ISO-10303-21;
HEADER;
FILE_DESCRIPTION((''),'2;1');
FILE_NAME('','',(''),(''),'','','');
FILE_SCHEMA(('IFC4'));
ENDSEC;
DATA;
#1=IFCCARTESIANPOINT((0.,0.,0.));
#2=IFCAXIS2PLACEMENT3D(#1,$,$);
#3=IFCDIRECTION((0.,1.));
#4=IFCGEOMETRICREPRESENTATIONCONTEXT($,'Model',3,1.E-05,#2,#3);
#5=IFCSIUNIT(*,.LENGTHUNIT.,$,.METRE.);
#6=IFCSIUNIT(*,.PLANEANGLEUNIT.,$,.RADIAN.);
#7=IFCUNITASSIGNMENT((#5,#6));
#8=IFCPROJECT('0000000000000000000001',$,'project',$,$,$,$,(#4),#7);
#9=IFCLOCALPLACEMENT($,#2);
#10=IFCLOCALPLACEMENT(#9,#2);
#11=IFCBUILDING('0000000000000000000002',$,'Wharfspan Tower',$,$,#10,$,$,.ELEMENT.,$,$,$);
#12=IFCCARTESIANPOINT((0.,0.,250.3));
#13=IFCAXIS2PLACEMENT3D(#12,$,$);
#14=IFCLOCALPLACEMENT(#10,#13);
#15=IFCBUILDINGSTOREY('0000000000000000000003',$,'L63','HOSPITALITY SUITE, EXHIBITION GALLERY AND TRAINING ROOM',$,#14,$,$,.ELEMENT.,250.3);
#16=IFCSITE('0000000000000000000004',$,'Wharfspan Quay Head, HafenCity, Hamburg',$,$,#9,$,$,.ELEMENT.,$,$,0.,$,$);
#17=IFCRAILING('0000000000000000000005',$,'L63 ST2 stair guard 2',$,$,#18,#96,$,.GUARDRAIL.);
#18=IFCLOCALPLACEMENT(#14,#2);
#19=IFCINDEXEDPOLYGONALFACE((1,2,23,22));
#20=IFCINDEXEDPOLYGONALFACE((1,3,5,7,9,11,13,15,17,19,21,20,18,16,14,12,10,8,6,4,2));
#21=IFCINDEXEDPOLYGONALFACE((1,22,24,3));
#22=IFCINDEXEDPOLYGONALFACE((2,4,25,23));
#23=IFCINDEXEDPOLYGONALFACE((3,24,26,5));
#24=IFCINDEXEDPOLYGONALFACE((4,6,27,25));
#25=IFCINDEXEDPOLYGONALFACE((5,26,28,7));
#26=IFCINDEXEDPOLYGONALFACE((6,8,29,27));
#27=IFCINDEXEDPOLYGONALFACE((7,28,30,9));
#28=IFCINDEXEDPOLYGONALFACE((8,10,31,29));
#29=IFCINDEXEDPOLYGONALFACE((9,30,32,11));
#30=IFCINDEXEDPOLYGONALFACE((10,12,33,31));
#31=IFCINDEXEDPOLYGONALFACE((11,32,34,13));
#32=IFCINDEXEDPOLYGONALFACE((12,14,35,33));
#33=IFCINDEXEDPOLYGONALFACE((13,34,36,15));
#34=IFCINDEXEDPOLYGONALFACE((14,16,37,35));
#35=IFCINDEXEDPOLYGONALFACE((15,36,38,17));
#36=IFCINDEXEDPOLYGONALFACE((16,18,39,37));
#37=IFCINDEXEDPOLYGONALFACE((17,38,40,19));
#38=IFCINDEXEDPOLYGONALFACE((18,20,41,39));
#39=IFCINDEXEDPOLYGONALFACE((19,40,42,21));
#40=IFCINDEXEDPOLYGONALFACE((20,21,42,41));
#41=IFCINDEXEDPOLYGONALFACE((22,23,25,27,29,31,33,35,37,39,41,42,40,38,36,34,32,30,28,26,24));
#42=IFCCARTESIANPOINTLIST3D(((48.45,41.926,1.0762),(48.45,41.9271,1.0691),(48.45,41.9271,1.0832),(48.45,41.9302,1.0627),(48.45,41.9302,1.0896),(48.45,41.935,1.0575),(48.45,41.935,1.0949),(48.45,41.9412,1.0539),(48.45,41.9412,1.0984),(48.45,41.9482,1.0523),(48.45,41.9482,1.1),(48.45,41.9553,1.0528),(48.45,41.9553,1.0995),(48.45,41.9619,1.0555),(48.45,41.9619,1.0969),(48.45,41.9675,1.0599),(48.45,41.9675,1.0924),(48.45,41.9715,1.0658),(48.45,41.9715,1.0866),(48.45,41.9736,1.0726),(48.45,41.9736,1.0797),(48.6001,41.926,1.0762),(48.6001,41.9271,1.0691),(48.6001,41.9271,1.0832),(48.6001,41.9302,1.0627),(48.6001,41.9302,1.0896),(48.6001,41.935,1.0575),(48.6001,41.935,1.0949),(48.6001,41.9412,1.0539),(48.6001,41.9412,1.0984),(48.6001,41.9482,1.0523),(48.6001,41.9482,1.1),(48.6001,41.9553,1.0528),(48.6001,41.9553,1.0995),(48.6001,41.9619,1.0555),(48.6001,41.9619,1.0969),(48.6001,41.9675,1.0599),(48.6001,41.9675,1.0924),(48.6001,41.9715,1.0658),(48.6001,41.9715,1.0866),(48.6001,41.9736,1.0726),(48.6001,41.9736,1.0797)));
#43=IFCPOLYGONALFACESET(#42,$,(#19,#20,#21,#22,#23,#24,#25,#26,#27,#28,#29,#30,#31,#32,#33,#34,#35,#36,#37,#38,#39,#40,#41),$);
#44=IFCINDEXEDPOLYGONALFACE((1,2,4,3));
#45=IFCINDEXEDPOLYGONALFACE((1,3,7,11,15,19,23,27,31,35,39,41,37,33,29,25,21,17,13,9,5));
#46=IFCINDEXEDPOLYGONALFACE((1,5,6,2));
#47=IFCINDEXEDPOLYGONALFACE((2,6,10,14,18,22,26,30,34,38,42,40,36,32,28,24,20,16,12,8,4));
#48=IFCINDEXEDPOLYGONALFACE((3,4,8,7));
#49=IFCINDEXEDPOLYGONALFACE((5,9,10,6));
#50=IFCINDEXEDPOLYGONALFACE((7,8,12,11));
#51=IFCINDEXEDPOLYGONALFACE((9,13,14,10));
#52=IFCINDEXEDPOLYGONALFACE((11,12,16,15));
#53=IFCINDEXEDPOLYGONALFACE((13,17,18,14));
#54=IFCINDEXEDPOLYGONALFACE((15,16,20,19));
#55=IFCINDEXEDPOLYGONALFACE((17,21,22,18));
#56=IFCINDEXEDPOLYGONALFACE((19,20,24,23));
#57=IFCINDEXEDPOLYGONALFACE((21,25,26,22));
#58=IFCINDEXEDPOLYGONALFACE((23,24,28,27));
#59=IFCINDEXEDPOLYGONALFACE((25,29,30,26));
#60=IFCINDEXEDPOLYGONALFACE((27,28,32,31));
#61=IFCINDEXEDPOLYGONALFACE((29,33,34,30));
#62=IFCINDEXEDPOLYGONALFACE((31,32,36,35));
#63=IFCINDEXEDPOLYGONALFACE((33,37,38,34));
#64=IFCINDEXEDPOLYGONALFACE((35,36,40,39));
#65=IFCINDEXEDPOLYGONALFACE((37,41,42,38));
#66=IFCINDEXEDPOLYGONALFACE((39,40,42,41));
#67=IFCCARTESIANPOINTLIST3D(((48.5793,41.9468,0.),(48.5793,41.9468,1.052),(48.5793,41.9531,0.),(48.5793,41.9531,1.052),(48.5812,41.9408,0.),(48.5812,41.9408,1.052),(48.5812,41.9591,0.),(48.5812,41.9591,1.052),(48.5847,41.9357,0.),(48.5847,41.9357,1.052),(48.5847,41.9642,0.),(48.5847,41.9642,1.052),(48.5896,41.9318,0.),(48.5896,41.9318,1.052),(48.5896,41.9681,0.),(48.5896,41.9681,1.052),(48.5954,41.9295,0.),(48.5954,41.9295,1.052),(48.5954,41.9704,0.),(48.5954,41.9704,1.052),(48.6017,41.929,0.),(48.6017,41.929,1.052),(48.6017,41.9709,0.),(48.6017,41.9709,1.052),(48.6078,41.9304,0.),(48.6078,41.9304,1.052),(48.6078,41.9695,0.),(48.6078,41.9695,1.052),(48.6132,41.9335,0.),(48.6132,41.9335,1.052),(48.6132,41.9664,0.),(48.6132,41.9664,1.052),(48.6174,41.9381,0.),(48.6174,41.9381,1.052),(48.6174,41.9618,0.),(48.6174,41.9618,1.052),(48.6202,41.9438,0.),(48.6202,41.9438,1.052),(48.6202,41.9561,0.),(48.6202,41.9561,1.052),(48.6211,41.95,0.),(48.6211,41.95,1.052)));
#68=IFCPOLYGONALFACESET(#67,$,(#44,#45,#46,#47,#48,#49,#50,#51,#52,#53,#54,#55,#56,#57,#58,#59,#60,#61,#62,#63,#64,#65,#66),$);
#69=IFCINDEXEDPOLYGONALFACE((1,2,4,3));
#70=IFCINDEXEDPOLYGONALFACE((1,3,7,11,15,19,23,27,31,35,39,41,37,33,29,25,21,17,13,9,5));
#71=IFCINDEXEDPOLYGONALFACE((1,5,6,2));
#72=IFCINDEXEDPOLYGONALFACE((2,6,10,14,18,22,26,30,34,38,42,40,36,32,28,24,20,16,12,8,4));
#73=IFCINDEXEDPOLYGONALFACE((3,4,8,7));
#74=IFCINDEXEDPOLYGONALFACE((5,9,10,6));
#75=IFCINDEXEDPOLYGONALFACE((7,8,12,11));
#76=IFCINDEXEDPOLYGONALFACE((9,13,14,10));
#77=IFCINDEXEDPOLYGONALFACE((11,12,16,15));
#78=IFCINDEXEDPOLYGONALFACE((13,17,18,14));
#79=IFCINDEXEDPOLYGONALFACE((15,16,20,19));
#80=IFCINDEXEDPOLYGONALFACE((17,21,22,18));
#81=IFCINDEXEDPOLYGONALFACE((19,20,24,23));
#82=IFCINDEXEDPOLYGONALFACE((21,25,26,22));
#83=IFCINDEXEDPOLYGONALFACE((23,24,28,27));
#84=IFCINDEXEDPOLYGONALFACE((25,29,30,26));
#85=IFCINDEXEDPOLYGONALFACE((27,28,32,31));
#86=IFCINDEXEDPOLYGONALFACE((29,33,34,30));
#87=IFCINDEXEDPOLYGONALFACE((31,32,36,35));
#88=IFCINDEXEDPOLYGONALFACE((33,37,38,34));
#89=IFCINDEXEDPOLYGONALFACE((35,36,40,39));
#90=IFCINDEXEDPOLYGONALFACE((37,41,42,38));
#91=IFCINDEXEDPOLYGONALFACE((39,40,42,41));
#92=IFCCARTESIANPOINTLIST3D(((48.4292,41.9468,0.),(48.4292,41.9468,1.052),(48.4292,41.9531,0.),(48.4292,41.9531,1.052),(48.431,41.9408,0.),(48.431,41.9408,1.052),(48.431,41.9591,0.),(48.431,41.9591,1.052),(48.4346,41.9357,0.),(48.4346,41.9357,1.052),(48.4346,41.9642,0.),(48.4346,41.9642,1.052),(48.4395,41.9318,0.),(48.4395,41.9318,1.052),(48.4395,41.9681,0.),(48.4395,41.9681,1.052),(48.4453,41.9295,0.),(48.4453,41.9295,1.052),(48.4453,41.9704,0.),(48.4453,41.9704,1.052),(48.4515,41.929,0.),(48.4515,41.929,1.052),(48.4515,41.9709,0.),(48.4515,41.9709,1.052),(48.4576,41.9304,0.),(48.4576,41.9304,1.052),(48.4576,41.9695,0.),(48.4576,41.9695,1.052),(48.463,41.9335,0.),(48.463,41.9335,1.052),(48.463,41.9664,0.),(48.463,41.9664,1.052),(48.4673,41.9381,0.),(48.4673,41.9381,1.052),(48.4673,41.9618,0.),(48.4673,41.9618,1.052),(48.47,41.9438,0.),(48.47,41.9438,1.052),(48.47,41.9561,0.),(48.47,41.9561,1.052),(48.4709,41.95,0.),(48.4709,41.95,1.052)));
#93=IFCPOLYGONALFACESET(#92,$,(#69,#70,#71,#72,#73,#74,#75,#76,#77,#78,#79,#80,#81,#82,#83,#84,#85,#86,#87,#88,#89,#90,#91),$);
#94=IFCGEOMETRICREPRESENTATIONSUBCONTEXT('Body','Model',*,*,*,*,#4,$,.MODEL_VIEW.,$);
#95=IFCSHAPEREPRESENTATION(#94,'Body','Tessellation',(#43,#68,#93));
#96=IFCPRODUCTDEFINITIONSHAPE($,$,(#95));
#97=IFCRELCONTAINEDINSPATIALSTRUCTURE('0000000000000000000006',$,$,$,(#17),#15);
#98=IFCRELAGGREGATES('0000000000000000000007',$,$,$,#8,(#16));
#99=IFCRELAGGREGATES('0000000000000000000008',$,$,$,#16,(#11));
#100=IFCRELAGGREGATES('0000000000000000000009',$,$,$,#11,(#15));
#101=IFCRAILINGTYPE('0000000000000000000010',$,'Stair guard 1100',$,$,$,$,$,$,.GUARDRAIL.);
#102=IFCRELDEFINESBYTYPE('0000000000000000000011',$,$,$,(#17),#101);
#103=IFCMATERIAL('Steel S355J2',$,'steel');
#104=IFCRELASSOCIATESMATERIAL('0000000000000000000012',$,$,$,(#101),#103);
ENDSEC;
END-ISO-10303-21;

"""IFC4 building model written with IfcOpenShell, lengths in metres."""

from ifc_helpers import new_model, si_unit, direction, frame, origin, origin_2d, place, context, subcontext, project, spatial, circle, extrude, material, type_object, element, save


model = new_model("IFC4")

# Units and contexts
model_context = context("Model", 3, precision=1e-05, world=origin(), true_north=direction((0.0, 1.0)))
body_context = subcontext(model_context, "Body", "Model", "MODEL_VIEW")
ifc_project = project(units=[si_unit("LENGTHUNIT", "METRE"), si_unit("PLANEANGLEUNIT", "RADIAN")], contexts=[model_context])

# Site, building, storey
site_placement = place(None, origin())
site = spatial("IfcSite", under=ifc_project, at=site_placement, Name="Wharfspan Quay Head, HafenCity, Hamburg", CompositionType="ELEMENT", RefElevation=0.0)
building_placement = place(site_placement, origin())
building = spatial("IfcBuilding", under=site, at=building_placement, Name="Wharfspan Tower", CompositionType="ELEMENT")
storey_placement = place(building_placement, frame((0.0, 0.0, 250.3)))
storey = spatial("IfcBuildingStorey", under=building, at=storey_placement, Name="L63", Description="HOSPITALITY SUITE, EXHIBITION GALLERY AND TRAINING ROOM", CompositionType="ELEMENT", Elevation=250.3)

# Shared definitions
ifc_material_1 = material(Name="Steel S355J2", Category="steel")

# Railing
railing_type_1 = type_object("IfcRailingType", Name="Stair guard 1100", PredefinedType="GUARDRAIL", material=ifc_material_1)
railing_1_placement = place(storey_placement, frame((48.6001, 41.95, 0.0)))
element("IfcRailing", 1, at=railing_1_placement, inside=storey, type_object=railing_type_1, Name="L63 ST2 stair guard 2", PredefinedType="GUARDRAIL", context=body_context, shape_type="SweptSolid", body=[
    extrude(circle(Radius=0.0239, at=origin_2d()), frame((0.0, 0.0, 1.0762), z_axis=(-1.0, 0.0, 0.0), x_axis=(0.0, -1.0, 0.0)), (0.0, 0.0, 1.0), 0.1501),
    extrude(circle(Radius=0.021, at=origin_2d()), origin(), (0.0, 0.0, 1.0), 1.052),
    extrude(circle(Radius=0.021, at=origin_2d()), frame((-0.1501, 0.0, 0.0)), (0.0, 0.0, 1.0), 1.052),
])

save(model, "model.ifc")
